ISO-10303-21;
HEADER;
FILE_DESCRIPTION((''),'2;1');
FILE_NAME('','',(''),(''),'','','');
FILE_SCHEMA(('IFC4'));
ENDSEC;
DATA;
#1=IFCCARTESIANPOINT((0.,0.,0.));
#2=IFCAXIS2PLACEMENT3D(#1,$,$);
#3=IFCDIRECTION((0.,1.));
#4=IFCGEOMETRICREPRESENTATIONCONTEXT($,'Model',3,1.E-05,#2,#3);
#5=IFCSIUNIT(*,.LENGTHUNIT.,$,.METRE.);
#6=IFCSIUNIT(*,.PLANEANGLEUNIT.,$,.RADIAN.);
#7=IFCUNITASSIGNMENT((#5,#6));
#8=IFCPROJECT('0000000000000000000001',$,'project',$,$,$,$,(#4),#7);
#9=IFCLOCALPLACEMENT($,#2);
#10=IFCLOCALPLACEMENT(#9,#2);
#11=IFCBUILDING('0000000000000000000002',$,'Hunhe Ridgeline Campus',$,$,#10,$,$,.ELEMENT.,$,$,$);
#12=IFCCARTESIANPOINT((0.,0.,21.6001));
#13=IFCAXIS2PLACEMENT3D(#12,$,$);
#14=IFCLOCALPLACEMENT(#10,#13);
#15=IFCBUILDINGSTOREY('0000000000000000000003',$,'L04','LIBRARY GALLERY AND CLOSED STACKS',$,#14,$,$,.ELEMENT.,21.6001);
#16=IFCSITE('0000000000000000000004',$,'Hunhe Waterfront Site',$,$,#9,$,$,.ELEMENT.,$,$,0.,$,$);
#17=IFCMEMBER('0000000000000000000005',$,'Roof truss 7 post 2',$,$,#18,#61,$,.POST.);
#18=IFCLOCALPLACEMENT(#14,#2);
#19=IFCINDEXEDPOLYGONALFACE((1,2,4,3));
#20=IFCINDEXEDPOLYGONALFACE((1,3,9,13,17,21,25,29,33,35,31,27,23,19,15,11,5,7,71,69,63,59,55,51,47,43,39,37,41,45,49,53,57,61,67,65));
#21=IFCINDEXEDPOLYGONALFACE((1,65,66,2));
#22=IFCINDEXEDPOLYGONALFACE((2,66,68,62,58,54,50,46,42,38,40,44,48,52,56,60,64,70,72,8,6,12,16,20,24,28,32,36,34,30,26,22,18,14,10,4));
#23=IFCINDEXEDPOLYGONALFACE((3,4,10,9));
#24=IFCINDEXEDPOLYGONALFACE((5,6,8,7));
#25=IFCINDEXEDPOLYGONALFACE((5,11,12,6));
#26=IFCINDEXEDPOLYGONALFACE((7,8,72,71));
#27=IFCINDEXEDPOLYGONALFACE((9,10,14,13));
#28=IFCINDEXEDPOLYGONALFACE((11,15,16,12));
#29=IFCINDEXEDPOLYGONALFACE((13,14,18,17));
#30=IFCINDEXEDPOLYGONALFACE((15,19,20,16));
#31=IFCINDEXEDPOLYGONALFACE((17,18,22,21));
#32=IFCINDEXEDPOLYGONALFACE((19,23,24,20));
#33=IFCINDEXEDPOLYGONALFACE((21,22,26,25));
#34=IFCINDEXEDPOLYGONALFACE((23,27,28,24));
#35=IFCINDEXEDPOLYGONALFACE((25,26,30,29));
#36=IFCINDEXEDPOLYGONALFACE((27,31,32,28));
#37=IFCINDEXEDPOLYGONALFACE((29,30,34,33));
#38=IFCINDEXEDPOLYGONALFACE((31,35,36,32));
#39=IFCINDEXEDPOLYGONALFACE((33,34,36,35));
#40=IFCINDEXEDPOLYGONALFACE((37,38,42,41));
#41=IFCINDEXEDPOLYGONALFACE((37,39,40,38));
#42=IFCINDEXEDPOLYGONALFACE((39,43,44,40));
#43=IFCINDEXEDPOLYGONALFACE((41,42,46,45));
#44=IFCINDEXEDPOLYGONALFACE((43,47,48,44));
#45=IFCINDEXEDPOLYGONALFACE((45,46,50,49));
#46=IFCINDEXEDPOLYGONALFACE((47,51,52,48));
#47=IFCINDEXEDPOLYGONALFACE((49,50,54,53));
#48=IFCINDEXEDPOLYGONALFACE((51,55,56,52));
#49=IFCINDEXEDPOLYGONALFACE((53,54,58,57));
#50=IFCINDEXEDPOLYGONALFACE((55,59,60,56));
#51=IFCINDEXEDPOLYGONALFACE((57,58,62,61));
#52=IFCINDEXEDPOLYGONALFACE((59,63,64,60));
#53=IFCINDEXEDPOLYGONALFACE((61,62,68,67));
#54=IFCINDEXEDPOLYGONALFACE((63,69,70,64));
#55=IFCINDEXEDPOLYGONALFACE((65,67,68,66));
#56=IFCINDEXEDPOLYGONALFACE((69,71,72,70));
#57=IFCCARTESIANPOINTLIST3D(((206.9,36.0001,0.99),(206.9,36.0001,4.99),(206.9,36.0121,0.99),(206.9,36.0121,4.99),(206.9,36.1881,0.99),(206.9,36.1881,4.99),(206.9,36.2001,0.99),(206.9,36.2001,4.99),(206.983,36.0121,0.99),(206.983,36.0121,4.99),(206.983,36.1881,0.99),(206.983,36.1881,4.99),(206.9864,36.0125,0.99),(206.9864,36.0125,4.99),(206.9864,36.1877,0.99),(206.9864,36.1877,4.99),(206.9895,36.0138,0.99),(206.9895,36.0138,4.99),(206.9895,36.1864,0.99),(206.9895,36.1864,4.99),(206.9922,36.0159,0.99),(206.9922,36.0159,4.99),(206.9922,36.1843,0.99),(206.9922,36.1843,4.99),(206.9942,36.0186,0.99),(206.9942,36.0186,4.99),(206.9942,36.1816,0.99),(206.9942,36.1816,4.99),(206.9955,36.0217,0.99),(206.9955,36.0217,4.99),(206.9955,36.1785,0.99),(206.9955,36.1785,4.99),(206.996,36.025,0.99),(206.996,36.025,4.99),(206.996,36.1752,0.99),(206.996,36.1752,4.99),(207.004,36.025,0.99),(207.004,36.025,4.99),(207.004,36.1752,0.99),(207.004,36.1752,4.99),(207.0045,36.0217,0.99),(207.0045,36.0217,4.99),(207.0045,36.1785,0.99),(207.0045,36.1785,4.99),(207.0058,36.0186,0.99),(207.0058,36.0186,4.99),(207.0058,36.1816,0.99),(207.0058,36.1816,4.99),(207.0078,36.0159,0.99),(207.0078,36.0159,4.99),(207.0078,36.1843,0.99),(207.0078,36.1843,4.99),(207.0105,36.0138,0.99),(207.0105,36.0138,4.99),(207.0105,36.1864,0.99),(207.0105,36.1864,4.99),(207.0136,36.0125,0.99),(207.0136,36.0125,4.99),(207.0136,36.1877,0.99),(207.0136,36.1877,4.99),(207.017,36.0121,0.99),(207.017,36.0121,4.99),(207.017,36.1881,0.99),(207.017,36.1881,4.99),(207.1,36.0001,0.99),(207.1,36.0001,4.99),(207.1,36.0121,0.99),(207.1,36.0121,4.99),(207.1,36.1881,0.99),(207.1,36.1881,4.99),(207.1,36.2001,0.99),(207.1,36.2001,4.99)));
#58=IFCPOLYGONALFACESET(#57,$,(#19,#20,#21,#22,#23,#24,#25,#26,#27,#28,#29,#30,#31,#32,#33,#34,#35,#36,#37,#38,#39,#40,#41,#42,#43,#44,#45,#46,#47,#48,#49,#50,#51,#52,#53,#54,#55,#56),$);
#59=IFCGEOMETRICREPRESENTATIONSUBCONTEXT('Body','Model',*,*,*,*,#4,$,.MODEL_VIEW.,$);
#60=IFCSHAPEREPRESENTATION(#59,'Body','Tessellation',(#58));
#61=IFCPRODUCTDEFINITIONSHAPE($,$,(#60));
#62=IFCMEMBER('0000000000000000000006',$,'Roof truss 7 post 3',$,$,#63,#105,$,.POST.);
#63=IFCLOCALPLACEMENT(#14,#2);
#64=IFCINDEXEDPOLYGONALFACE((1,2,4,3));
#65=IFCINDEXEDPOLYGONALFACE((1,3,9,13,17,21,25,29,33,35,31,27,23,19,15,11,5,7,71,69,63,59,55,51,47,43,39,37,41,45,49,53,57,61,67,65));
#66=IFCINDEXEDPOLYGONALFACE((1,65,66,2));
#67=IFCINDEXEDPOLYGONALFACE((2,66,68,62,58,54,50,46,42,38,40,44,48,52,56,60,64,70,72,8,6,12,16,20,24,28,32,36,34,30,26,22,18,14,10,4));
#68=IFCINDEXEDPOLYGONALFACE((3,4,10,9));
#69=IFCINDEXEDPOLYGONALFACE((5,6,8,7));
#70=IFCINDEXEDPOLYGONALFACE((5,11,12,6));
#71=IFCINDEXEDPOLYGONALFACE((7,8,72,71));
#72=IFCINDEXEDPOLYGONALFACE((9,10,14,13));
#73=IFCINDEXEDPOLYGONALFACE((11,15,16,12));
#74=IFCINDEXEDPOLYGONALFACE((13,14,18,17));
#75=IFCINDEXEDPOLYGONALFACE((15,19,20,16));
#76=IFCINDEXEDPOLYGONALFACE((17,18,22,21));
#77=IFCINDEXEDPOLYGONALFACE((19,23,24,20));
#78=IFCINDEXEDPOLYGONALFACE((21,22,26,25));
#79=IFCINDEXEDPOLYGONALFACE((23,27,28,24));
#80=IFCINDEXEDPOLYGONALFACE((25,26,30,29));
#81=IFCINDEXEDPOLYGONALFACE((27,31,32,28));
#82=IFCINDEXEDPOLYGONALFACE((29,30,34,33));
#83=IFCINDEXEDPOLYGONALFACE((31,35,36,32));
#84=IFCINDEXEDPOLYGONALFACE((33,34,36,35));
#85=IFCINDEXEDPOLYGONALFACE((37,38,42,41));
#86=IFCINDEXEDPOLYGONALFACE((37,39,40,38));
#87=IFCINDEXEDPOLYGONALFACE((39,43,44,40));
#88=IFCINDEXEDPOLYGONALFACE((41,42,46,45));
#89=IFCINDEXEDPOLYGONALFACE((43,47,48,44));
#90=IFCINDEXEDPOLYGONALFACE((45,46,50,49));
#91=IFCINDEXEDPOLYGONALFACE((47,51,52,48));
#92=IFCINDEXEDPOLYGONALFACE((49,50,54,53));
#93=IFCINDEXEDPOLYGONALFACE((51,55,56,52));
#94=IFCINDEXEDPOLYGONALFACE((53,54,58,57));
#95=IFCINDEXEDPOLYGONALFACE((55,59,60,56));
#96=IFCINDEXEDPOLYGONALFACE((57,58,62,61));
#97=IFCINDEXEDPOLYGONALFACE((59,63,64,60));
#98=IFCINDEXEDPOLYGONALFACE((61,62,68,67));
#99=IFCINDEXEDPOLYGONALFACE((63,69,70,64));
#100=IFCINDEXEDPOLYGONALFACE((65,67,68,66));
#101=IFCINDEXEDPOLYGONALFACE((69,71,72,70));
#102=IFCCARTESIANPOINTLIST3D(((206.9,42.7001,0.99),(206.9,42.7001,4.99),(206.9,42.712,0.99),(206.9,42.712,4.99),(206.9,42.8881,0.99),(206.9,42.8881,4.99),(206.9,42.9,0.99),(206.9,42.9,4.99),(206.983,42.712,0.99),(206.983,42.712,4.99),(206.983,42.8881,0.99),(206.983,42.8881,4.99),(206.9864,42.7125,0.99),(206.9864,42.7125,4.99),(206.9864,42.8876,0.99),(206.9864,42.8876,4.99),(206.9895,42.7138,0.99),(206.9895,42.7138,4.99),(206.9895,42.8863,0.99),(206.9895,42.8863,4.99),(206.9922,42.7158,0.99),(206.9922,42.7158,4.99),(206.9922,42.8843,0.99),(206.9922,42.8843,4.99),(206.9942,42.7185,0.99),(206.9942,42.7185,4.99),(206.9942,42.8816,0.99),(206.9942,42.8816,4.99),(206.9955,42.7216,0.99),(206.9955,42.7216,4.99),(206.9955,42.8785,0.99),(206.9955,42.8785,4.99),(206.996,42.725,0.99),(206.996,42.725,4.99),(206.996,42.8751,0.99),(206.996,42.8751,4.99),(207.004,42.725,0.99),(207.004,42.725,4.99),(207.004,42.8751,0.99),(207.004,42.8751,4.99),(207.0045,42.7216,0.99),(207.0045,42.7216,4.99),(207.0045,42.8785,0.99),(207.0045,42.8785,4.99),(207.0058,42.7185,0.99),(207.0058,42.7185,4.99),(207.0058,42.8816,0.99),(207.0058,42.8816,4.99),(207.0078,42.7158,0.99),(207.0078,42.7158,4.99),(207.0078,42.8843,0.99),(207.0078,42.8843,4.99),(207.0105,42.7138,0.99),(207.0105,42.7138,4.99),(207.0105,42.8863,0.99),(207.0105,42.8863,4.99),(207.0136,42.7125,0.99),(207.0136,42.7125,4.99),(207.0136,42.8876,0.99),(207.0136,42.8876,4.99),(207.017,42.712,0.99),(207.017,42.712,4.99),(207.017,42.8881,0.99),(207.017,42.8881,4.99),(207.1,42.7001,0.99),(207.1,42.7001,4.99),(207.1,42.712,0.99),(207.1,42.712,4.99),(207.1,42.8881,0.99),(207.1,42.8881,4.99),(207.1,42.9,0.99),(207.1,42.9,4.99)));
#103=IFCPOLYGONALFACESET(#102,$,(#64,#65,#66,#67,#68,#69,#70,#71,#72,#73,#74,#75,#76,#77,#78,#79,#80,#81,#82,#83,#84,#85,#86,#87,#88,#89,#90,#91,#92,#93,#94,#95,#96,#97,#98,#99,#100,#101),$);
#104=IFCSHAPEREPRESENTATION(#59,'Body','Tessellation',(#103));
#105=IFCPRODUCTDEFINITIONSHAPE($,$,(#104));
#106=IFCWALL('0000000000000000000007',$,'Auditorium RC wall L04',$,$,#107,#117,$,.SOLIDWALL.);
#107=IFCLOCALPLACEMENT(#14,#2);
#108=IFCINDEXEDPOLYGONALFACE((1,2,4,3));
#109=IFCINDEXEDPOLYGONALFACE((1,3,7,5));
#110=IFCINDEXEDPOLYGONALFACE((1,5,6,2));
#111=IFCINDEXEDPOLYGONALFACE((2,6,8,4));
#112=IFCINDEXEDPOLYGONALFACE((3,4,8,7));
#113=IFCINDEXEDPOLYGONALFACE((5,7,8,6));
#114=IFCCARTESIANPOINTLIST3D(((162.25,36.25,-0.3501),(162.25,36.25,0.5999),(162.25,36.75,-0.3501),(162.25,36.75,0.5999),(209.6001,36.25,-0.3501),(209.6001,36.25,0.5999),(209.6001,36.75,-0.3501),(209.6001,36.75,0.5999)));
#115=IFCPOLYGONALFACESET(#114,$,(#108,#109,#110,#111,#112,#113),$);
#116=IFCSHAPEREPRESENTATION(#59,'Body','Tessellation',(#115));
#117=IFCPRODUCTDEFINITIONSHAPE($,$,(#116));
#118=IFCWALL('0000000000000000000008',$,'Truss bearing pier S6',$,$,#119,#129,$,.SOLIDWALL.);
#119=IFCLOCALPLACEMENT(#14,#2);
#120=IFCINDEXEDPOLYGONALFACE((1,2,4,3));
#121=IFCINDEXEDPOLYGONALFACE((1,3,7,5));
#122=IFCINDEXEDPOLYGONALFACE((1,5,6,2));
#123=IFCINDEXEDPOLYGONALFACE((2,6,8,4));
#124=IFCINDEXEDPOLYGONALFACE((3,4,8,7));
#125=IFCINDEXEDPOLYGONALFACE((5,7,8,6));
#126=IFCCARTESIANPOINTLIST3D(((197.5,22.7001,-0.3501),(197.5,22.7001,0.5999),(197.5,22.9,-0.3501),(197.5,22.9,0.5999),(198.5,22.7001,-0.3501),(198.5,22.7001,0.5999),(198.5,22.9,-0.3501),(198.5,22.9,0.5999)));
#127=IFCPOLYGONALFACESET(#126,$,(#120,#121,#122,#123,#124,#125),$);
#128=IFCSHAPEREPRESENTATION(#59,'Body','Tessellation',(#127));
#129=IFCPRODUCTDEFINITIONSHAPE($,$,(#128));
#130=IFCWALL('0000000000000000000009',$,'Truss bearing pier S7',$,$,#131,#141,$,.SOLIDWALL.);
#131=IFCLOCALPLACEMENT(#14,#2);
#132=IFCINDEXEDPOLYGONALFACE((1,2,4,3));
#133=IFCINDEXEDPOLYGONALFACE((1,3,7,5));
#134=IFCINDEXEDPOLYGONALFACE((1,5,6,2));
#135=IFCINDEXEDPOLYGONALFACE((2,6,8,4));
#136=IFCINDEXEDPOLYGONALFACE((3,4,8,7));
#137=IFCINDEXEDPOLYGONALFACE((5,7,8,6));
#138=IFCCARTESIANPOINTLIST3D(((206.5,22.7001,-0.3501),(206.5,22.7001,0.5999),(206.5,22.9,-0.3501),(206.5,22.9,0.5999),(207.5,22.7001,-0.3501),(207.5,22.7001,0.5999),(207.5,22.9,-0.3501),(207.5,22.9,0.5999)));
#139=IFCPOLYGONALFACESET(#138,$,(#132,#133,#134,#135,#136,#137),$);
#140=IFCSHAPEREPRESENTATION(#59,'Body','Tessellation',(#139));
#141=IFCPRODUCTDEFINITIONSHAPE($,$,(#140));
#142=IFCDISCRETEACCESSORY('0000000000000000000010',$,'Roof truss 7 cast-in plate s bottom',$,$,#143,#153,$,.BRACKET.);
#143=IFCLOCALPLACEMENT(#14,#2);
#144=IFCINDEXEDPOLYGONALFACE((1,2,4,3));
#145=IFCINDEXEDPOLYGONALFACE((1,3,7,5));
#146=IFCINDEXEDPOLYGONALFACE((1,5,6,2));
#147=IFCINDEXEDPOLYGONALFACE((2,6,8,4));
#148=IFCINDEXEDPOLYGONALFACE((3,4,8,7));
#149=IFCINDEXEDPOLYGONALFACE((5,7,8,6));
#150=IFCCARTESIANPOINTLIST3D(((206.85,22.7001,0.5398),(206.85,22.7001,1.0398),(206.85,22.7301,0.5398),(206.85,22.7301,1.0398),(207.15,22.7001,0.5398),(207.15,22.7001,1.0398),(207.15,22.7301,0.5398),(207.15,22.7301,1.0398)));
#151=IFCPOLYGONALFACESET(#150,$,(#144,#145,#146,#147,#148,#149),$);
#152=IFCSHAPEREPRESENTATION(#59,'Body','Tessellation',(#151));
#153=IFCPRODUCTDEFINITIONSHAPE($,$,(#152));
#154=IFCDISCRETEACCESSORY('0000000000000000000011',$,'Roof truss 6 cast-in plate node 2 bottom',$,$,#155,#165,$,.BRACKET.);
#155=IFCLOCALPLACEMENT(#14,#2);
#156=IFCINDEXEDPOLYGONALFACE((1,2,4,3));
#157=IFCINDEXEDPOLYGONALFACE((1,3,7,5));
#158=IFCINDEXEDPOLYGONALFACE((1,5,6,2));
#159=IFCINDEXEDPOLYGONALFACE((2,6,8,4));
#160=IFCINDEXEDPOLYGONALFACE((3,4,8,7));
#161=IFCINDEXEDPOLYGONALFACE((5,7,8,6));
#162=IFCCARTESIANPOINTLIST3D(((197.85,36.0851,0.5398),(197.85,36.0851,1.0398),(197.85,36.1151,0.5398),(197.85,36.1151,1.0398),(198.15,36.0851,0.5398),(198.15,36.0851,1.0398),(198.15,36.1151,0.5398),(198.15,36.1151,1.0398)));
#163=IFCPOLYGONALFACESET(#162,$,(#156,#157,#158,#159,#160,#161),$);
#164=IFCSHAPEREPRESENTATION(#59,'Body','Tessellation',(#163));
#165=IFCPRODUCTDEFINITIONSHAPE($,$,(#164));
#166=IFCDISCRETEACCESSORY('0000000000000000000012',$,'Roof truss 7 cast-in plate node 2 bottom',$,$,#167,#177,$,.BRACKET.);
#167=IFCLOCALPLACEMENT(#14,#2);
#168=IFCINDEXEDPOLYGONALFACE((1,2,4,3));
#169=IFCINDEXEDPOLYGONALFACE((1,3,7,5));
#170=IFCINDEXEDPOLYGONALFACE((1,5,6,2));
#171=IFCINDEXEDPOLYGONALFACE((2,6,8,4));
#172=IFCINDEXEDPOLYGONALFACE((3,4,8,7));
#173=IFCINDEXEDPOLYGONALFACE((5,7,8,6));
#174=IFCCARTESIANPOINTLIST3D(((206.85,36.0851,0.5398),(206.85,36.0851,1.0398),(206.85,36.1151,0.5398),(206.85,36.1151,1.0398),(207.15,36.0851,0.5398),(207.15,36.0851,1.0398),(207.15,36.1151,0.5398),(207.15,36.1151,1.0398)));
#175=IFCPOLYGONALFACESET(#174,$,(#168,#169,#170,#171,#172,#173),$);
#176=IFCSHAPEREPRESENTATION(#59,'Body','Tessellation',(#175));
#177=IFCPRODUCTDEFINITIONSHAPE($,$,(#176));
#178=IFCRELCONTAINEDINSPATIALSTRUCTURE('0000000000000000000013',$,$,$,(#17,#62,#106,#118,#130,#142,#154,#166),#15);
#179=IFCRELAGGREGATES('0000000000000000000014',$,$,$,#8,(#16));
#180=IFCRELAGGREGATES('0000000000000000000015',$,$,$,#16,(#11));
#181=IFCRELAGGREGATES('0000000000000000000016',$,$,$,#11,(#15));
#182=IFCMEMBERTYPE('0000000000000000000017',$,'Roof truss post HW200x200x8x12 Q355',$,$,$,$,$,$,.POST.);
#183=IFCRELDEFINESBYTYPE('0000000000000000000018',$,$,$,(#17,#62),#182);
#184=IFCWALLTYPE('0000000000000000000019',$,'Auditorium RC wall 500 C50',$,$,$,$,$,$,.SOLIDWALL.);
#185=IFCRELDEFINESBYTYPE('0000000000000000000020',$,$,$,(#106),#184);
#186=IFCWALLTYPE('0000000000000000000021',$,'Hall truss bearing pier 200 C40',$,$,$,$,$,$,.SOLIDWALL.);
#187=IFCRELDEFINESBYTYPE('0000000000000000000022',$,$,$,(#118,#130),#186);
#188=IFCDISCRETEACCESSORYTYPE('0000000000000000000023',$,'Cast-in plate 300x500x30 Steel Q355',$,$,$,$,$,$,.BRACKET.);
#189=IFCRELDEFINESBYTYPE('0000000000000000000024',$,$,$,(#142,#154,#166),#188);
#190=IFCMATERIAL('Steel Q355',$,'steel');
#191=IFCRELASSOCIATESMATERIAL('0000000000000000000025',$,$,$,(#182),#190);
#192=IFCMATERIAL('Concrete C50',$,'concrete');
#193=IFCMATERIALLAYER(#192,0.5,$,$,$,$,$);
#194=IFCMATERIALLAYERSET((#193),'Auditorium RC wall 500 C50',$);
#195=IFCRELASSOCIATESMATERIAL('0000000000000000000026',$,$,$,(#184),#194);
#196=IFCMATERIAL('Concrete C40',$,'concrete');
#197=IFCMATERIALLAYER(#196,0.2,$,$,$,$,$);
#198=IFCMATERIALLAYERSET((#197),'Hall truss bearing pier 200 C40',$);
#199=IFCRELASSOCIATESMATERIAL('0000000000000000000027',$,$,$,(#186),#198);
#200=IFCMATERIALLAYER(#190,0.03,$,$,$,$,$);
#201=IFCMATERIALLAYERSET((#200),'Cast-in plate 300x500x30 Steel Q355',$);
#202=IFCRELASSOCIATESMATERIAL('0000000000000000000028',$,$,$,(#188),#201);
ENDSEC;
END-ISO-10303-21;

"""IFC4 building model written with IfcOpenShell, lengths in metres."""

from ifc_helpers import new_model, si_unit, direction, frame, frame_2d, origin, origin_2d, place, context, subcontext, project, spatial, rectangle, i_section, extrude, material, layer, layer_set, material_profile, profile_set, type_object, element, save


model = new_model("IFC4")

# Units and contexts
model_context = context("Model", 3, precision=1e-05, world=origin(), true_north=direction((0.0, 1.0)))
body_context = subcontext(model_context, "Body", "Model", "MODEL_VIEW")
ifc_project = project(units=[si_unit("LENGTHUNIT", "METRE"), si_unit("PLANEANGLEUNIT", "RADIAN")], contexts=[model_context])

# Site, building, storey
site_placement = place(None, origin())
site = spatial("IfcSite", under=ifc_project, at=site_placement, Name="Hunhe Waterfront Site", CompositionType="ELEMENT", RefElevation=0.0)
building_placement = place(site_placement, origin())
building = spatial("IfcBuilding", under=site, at=building_placement, Name="Hunhe Ridgeline Campus", CompositionType="ELEMENT")
storey_placement = place(building_placement, frame((0.0, 0.0, 21.6001)))
storey = spatial("IfcBuildingStorey", under=building, at=storey_placement, Name="L04", Description="LIBRARY GALLERY AND CLOSED STACKS", CompositionType="ELEMENT", Elevation=21.6001)

# Members
ifc_material_1 = material(Name="Steel Q355", Category="steel")
ifc_material_profile_1 = material_profile(ifc_material_1, i_section(OverallWidth=0.2, OverallDepth=0.2, WebThickness=0.0081, FlangeThickness=0.012, FilletRadius=0.0129, at=origin_2d()))
ifc_profile_set_1 = profile_set([ifc_material_profile_1], Name="Steel Q355")
member_type_1 = type_object("IfcMemberType", Name="Roof truss post HW200x200x8x12 Q355", PredefinedType="POST", material=ifc_profile_set_1)
for number, where, z_axis, x_axis, name in (
    (1, (207.0, 36.1001, 0.99), (0.0, 0.0, 1.0), (1.0, 0.0, 0.0), "Roof truss 7 post 2"),
    (2, (207.0, 42.8, 0.99), (0.0, 0.0, 1.0), (1.0, 0.0, 0.0), "Roof truss 7 post 3"),
):
    element("IfcMember", number, at=place(storey_placement, frame(where, z_axis=z_axis, x_axis=x_axis)), inside=storey, type_object=member_type_1, Name=name, PredefinedType="POST", context=body_context, shape_type="SweptSolid", body=[
        extrude(i_section(OverallWidth=0.2, OverallDepth=0.2, WebThickness=0.0081, FlangeThickness=0.012, FilletRadius=0.0129, at=origin_2d()), origin(), (0.0, 0.0, 1.0), 4.0),
    ])

# Walls
ifc_material_2 = material(Name="Concrete C50", Category="concrete")
ifc_layer_1 = layer(ifc_material_2, 0.5)
ifc_layer_set_1 = layer_set([ifc_layer_1], Name="Auditorium RC wall 500 C50")
wall_type_1 = type_object("IfcWallType", Name="Auditorium RC wall 500 C50", PredefinedType="SOLIDWALL", material=ifc_layer_set_1)
wall_placement = place(storey_placement, frame((209.6001, 36.5, -0.3501), z_axis=(0.0, 0.0, 1.0), x_axis=(-1.0, 0.0, 0.0)))
element("IfcWall", 3, at=wall_placement, inside=storey, type_object=wall_type_1, Name="Auditorium RC wall L04", PredefinedType="SOLIDWALL", context=body_context, shape_type="SweptSolid", body=[
    extrude(rectangle(XDim=47.3501, YDim=0.5, at=frame_2d((23.675, 0.0))), origin(), (0.0, 0.0, 1.0), 0.95),
])
ifc_material_3 = material(Name="Concrete C40", Category="concrete")
ifc_layer_2 = layer(ifc_material_3, 0.2)
ifc_layer_set_2 = layer_set([ifc_layer_2], Name="Hall truss bearing pier 200 C40")
wall_type_2 = type_object("IfcWallType", Name="Hall truss bearing pier 200 C40", PredefinedType="SOLIDWALL", material=ifc_layer_set_2)
for number, where, z_axis, x_axis, name in (
    (4, (198.5, 22.8, -0.3501), (0.0, 0.0, 1.0), (-1.0, 0.0, 0.0), "Truss bearing pier S6"),
    (5, (207.5, 22.8, -0.3501), (0.0, 0.0, 1.0), (-1.0, 0.0, 0.0), "Truss bearing pier S7"),
):
    element("IfcWall", number, at=place(storey_placement, frame(where, z_axis=z_axis, x_axis=x_axis)), inside=storey, type_object=wall_type_2, Name=name, PredefinedType="SOLIDWALL", context=body_context, shape_type="SweptSolid", body=[
        extrude(rectangle(XDim=1.0, YDim=0.2, at=frame_2d((0.5, 0.0))), origin(), (0.0, 0.0, 1.0), 0.95),
    ])

# Discrete accessories
ifc_layer_3 = layer(ifc_material_1, 0.03)
ifc_layer_set_3 = layer_set([ifc_layer_3], Name="Cast-in plate 300x500x30 Steel Q355")
discrete_accessory_type = type_object("IfcDiscreteAccessoryType", Name="Cast-in plate 300x500x30 Steel Q355", PredefinedType="BRACKET", material=ifc_layer_set_3)
for number, where, z_axis, x_axis, name in (
    (6, (207.0, 22.7151, 0.5398), (0.0, 0.0, 1.0), (0.0, 1.0, 0.0), "Roof truss 7 cast-in plate s bottom"),
    (7, (198.0, 36.1001, 0.5398), (0.0, 0.0, 1.0), (0.0, 1.0, 0.0), "Roof truss 6 cast-in plate node 2 bottom"),
    (8, (207.0, 36.1001, 0.5398), (0.0, 0.0, 1.0), (0.0, 1.0, 0.0), "Roof truss 7 cast-in plate node 2 bottom"),
):
    element("IfcDiscreteAccessory", number, at=place(storey_placement, frame(where, z_axis=z_axis, x_axis=x_axis)), inside=storey, type_object=discrete_accessory_type, Name=name, PredefinedType="BRACKET", context=body_context, shape_type="SweptSolid", body=[
        extrude(rectangle(XDim=0.03, YDim=0.3, at=origin_2d()), origin(), (0.0, 0.0, 1.0), 0.5),
    ])

save(model, "model.ifc")
